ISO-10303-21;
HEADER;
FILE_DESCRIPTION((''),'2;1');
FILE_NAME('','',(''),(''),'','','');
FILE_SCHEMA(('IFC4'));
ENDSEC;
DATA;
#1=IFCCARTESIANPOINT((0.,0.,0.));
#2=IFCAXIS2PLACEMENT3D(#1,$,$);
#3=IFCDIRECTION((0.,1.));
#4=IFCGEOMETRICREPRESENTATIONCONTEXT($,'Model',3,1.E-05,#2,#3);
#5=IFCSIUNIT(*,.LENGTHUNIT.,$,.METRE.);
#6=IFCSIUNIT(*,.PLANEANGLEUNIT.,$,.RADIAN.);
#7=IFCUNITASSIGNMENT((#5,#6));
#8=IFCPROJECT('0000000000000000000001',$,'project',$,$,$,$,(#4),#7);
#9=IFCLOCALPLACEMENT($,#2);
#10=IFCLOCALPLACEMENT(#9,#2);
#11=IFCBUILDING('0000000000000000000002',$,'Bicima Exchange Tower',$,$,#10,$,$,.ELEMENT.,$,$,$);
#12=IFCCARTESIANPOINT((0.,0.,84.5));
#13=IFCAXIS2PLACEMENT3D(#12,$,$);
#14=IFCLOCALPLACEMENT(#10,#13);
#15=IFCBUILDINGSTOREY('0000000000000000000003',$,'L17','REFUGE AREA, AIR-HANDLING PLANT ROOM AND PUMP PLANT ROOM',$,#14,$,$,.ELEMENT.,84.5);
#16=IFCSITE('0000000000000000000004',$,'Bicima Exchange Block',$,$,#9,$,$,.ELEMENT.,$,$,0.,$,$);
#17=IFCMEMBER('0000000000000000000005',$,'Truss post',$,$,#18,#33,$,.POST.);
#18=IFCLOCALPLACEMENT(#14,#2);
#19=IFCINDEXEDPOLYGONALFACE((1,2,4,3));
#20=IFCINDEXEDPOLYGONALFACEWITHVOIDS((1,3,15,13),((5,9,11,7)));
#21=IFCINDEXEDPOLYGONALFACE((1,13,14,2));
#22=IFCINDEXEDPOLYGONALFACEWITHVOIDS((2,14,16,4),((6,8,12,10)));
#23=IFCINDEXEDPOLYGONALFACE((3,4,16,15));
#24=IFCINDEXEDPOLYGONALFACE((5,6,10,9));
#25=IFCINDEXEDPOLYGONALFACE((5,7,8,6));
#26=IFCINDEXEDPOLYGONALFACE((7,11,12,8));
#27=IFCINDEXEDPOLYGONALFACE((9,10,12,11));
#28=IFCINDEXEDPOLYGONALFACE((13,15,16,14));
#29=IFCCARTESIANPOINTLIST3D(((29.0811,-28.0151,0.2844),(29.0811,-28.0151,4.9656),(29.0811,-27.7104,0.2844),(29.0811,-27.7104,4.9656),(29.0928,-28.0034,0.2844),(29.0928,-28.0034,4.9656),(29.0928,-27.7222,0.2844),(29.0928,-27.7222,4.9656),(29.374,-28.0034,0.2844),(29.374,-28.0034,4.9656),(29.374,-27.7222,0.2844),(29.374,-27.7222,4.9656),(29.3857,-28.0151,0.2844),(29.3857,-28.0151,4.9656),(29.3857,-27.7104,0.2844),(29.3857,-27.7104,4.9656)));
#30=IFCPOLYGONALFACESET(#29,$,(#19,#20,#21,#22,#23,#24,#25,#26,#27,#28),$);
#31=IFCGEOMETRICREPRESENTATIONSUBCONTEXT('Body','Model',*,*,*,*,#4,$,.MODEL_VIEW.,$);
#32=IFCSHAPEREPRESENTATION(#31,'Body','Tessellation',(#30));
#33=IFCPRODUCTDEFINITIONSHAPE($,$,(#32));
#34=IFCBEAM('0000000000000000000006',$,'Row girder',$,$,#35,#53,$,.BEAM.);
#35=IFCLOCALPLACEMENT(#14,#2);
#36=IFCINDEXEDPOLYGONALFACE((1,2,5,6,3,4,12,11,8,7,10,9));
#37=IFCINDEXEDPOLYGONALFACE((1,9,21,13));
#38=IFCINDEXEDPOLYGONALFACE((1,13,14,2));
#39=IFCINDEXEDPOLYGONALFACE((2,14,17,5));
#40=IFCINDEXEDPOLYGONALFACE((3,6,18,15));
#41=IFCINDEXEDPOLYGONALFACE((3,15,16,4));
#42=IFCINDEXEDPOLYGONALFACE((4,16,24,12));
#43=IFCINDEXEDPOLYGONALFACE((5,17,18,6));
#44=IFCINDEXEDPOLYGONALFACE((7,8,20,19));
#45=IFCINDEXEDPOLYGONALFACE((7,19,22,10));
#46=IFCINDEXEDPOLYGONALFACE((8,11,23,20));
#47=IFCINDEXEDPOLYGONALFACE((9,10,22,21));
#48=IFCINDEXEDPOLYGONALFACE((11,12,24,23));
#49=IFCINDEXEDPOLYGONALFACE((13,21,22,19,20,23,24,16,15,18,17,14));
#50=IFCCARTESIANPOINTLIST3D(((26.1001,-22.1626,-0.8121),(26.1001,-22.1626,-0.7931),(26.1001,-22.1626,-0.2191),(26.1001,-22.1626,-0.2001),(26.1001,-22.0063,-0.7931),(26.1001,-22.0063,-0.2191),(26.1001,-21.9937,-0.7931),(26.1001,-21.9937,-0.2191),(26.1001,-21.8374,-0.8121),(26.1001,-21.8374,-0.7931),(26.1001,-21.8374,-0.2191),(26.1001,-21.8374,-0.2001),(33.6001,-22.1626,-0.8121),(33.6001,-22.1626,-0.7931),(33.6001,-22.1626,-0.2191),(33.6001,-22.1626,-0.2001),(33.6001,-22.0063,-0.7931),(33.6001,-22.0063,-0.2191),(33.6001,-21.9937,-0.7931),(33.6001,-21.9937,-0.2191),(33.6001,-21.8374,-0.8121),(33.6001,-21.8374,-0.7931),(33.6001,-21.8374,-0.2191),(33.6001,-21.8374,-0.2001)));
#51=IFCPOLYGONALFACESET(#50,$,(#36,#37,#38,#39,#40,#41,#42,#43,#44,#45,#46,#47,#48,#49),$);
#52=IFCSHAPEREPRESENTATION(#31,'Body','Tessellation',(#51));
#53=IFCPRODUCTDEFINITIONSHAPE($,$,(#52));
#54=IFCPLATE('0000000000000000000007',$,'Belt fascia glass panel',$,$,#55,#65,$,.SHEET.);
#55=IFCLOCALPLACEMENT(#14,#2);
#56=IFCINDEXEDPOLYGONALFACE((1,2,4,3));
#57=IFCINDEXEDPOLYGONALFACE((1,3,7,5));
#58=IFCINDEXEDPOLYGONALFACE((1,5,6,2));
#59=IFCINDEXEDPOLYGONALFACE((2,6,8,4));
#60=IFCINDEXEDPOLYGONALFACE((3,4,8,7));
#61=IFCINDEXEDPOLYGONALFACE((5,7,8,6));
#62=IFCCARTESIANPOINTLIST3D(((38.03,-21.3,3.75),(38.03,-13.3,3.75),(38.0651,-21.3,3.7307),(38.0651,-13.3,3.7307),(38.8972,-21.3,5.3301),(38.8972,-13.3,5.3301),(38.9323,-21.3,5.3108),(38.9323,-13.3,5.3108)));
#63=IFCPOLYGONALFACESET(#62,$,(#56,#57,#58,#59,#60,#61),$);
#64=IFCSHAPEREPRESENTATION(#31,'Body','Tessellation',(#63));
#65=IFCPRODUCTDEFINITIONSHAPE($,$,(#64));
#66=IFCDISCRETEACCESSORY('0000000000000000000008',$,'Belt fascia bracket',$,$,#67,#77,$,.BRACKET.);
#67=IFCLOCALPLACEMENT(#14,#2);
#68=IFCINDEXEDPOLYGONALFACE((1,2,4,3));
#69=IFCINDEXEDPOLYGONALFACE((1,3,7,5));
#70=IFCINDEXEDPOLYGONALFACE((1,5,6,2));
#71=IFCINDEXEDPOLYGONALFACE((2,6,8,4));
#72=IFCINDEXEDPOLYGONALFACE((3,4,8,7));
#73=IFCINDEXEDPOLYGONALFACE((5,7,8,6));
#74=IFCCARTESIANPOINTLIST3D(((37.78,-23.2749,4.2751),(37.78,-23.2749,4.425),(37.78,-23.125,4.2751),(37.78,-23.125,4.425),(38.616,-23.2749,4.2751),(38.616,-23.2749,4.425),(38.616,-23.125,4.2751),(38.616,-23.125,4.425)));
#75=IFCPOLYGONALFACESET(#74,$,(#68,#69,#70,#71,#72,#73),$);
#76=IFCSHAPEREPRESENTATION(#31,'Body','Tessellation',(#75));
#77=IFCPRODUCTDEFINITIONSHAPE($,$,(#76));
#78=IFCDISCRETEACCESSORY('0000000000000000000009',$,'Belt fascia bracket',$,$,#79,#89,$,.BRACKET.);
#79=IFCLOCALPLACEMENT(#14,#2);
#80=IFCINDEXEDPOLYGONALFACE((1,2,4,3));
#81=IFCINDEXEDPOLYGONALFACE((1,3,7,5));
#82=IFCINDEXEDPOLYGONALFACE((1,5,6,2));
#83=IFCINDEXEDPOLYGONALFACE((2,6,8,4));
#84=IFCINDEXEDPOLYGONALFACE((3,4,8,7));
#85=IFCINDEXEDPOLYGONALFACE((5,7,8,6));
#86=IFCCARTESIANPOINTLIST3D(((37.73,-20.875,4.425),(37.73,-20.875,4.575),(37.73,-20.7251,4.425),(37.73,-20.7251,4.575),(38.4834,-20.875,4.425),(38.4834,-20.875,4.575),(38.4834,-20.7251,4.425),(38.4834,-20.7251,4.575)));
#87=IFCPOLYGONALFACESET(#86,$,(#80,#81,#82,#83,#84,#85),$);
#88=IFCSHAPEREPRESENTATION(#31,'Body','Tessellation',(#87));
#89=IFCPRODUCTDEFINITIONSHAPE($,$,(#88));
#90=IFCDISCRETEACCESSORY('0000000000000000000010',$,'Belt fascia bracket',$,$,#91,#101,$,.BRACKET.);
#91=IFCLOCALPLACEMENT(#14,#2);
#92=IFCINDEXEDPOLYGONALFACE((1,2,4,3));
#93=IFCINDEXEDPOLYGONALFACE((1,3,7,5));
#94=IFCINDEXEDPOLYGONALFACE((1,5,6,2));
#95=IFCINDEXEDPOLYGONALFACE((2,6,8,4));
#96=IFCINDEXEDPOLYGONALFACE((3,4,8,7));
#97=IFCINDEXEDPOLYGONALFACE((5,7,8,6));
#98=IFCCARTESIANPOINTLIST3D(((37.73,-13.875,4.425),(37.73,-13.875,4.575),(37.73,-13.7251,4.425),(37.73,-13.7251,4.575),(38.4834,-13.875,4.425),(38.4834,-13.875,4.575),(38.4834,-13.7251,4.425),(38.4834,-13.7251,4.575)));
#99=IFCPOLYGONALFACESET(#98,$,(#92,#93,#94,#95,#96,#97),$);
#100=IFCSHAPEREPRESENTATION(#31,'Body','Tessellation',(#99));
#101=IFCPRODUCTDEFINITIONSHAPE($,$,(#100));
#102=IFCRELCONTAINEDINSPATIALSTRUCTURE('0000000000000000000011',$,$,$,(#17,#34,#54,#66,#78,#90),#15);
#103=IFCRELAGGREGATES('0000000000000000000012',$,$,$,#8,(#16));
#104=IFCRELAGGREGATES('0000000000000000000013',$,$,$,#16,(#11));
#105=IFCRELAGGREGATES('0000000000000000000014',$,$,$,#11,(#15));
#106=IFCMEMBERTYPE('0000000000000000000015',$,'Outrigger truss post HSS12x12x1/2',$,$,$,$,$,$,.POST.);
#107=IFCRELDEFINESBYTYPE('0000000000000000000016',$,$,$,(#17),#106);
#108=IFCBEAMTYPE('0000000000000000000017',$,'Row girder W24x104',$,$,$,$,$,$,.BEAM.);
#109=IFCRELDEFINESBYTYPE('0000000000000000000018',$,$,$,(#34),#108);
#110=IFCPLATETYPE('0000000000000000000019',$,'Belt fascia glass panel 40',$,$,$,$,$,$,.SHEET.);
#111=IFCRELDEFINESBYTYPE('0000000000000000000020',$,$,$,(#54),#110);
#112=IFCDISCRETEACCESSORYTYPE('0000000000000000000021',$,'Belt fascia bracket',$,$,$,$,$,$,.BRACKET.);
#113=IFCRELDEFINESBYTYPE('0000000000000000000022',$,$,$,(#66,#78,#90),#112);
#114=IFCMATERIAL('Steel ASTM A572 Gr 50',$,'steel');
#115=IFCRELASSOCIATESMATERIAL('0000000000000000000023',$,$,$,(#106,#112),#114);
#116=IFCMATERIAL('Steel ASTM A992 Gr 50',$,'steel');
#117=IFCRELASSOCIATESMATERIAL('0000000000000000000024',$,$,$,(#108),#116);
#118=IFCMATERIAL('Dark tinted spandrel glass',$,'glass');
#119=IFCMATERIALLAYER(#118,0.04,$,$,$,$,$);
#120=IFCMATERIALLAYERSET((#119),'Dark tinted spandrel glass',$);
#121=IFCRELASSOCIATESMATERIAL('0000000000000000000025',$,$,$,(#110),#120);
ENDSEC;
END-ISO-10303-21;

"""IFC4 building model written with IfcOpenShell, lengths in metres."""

from ifc_helpers import new_model, si_unit, direction, frame, origin, origin_2d, place, context, subcontext, project, spatial, polyline, rectangle, hollow_rectangle, i_section, outline, extrude, material, layer, layer_set, material_profile, profile_set, type_object, element, save


model = new_model("IFC4")

# Units and contexts
model_context = context("Model", 3, precision=1e-05, world=origin(), true_north=direction((0.0, 1.0)))
body_context = subcontext(model_context, "Body", "Model", "MODEL_VIEW")
ifc_project = project(units=[si_unit("LENGTHUNIT", "METRE"), si_unit("PLANEANGLEUNIT", "RADIAN")], contexts=[model_context])

# Site, building, storey
site_placement = place(None, origin())
site = spatial("IfcSite", under=ifc_project, at=site_placement, Name="Bicima Exchange Block", CompositionType="ELEMENT", RefElevation=0.0)
building_placement = place(site_placement, origin())
building = spatial("IfcBuilding", under=site, at=building_placement, Name="Bicima Exchange Tower", CompositionType="ELEMENT")
storey_placement = place(building_placement, frame((0.0, 0.0, 84.5)))
storey = spatial("IfcBuildingStorey", under=building, at=storey_placement, Name="L17", Description="REFUGE AREA, AIR-HANDLING PLANT ROOM AND PUMP PLANT ROOM", CompositionType="ELEMENT", Elevation=84.5)

# Shared definitions
ifc_material_1 = material(Name="Steel ASTM A992 Gr 50", Category="steel")

# Shared definitions
ifc_material_2 = material(Name="Steel ASTM A572 Gr 50", Category="steel")

# Member
ifc_material_profile_1 = material_profile(ifc_material_2, hollow_rectangle(XDim=0.3047, YDim=0.3047, WallThickness=0.0117, at=origin_2d()))
ifc_profile_set_1 = profile_set([ifc_material_profile_1], Name="Steel ASTM A572 Gr 50")
member_type_1 = type_object("IfcMemberType", Name="Outrigger truss post HSS12x12x1/2", PredefinedType="POST", material=ifc_profile_set_1)
for number, where, z_axis, x_axis, name in (
    (1, (29.2334, -27.8628, 0.2844), (0.0, 0.0, 1.0), (1.0, 0.0, 0.0), "Truss post"),
):
    element("IfcMember", number, at=place(storey_placement, frame(where, z_axis=z_axis, x_axis=x_axis)), inside=storey, type_object=member_type_1, Name=name, PredefinedType="POST", context=body_context, shape_type="SweptSolid", body=[
        extrude(hollow_rectangle(XDim=0.3047, YDim=0.3047, WallThickness=0.0117, at=origin_2d()), origin(), (0.0, 0.0, 1.0), 4.6812),
    ])

# Beam
ifc_material_profile_2 = material_profile(ifc_material_1, i_section(OverallWidth=0.3252, OverallDepth=0.6121, WebThickness=0.0127, FlangeThickness=0.019, at=origin_2d()))
ifc_profile_set_2 = profile_set([ifc_material_profile_2], Name="Steel ASTM A992 Gr 50")
beam_type_1 = type_object("IfcBeamType", Name="Row girder W24x104", PredefinedType="BEAM", material=ifc_profile_set_2)
beam_1_placement = place(storey_placement, frame((26.1001, -22.0, -0.5061), z_axis=(1.0, 0.0, 0.0), x_axis=(0.0, 1.0, 0.0)))
element("IfcBeam", 2, at=beam_1_placement, inside=storey, type_object=beam_type_1, Name="Row girder", PredefinedType="BEAM", context=body_context, shape_type="SweptSolid", body=[
    extrude(i_section(OverallWidth=0.3252, OverallDepth=0.6121, WebThickness=0.0127, FlangeThickness=0.019, at=origin_2d()), origin(), (0.0, 0.0, 1.0), 7.5),
])

# Plate
ifc_material_3 = material(Name="Dark tinted spandrel glass", Category="glass")
ifc_layer = layer(ifc_material_3, 0.04)
ifc_layer_set = layer_set([ifc_layer], Name="Dark tinted spandrel glass")
plate_type = type_object("IfcPlateType", Name="Belt fascia glass panel 40", PredefinedType="SHEET", material=ifc_layer_set)
plate_placement = place(storey_placement, frame((38.03, -21.3, 3.75), z_axis=(-0.87665, 0.0, 0.481128), x_axis=(0.0, 1.0, 0.0)))
element("IfcPlate", 3, at=plate_placement, inside=storey, type_object=plate_type, Name="Belt fascia glass panel", PredefinedType="SHEET", context=body_context, shape_type="SweptSolid", body=[
    extrude(outline(polyline([(0.0, 0.0), (8.0, 0.0), (8.0, -1.8024), (0.0, -1.8024), (0.0, 0.0)])), origin(), (0.0, 0.0, -1.0), 0.04),
])

# Discrete accessories
discrete_accessory_type = type_object("IfcDiscreteAccessoryType", Name="Belt fascia bracket", PredefinedType="BRACKET", material=ifc_material_2)
discrete_accessory_placement = place(storey_placement, frame((38.198, -23.2, 4.2751), z_axis=(0.0, 0.0, 1.0), x_axis=(0.0, 1.0, 0.0)))
element("IfcDiscreteAccessory", 4, at=discrete_accessory_placement, inside=storey, type_object=discrete_accessory_type, Name="Belt fascia bracket", PredefinedType="BRACKET", context=body_context, shape_type="SweptSolid", body=[
    extrude(rectangle(XDim=0.1499, YDim=0.8359, at=origin_2d()), origin(), (0.0, 0.0, 1.0), 0.1499),
])
for number, where, z_axis, x_axis, name in (
    (5, (38.1067, -20.8, 4.425), (0.0, 0.0, 1.0), (0.0, 1.0, 0.0), "Belt fascia bracket"),
    (6, (38.1067, -13.8, 4.425), (0.0, 0.0, 1.0), (0.0, 1.0, 0.0), "Belt fascia bracket"),
):
    element("IfcDiscreteAccessory", number, at=place(storey_placement, frame(where, z_axis=z_axis, x_axis=x_axis)), inside=storey, type_object=discrete_accessory_type, Name=name, PredefinedType="BRACKET", context=body_context, shape_type="SweptSolid", body=[
        extrude(rectangle(XDim=0.1499, YDim=0.7534, at=origin_2d()), origin(), (0.0, 0.0, 1.0), 0.1499),
    ])

save(model, "model.ifc")
